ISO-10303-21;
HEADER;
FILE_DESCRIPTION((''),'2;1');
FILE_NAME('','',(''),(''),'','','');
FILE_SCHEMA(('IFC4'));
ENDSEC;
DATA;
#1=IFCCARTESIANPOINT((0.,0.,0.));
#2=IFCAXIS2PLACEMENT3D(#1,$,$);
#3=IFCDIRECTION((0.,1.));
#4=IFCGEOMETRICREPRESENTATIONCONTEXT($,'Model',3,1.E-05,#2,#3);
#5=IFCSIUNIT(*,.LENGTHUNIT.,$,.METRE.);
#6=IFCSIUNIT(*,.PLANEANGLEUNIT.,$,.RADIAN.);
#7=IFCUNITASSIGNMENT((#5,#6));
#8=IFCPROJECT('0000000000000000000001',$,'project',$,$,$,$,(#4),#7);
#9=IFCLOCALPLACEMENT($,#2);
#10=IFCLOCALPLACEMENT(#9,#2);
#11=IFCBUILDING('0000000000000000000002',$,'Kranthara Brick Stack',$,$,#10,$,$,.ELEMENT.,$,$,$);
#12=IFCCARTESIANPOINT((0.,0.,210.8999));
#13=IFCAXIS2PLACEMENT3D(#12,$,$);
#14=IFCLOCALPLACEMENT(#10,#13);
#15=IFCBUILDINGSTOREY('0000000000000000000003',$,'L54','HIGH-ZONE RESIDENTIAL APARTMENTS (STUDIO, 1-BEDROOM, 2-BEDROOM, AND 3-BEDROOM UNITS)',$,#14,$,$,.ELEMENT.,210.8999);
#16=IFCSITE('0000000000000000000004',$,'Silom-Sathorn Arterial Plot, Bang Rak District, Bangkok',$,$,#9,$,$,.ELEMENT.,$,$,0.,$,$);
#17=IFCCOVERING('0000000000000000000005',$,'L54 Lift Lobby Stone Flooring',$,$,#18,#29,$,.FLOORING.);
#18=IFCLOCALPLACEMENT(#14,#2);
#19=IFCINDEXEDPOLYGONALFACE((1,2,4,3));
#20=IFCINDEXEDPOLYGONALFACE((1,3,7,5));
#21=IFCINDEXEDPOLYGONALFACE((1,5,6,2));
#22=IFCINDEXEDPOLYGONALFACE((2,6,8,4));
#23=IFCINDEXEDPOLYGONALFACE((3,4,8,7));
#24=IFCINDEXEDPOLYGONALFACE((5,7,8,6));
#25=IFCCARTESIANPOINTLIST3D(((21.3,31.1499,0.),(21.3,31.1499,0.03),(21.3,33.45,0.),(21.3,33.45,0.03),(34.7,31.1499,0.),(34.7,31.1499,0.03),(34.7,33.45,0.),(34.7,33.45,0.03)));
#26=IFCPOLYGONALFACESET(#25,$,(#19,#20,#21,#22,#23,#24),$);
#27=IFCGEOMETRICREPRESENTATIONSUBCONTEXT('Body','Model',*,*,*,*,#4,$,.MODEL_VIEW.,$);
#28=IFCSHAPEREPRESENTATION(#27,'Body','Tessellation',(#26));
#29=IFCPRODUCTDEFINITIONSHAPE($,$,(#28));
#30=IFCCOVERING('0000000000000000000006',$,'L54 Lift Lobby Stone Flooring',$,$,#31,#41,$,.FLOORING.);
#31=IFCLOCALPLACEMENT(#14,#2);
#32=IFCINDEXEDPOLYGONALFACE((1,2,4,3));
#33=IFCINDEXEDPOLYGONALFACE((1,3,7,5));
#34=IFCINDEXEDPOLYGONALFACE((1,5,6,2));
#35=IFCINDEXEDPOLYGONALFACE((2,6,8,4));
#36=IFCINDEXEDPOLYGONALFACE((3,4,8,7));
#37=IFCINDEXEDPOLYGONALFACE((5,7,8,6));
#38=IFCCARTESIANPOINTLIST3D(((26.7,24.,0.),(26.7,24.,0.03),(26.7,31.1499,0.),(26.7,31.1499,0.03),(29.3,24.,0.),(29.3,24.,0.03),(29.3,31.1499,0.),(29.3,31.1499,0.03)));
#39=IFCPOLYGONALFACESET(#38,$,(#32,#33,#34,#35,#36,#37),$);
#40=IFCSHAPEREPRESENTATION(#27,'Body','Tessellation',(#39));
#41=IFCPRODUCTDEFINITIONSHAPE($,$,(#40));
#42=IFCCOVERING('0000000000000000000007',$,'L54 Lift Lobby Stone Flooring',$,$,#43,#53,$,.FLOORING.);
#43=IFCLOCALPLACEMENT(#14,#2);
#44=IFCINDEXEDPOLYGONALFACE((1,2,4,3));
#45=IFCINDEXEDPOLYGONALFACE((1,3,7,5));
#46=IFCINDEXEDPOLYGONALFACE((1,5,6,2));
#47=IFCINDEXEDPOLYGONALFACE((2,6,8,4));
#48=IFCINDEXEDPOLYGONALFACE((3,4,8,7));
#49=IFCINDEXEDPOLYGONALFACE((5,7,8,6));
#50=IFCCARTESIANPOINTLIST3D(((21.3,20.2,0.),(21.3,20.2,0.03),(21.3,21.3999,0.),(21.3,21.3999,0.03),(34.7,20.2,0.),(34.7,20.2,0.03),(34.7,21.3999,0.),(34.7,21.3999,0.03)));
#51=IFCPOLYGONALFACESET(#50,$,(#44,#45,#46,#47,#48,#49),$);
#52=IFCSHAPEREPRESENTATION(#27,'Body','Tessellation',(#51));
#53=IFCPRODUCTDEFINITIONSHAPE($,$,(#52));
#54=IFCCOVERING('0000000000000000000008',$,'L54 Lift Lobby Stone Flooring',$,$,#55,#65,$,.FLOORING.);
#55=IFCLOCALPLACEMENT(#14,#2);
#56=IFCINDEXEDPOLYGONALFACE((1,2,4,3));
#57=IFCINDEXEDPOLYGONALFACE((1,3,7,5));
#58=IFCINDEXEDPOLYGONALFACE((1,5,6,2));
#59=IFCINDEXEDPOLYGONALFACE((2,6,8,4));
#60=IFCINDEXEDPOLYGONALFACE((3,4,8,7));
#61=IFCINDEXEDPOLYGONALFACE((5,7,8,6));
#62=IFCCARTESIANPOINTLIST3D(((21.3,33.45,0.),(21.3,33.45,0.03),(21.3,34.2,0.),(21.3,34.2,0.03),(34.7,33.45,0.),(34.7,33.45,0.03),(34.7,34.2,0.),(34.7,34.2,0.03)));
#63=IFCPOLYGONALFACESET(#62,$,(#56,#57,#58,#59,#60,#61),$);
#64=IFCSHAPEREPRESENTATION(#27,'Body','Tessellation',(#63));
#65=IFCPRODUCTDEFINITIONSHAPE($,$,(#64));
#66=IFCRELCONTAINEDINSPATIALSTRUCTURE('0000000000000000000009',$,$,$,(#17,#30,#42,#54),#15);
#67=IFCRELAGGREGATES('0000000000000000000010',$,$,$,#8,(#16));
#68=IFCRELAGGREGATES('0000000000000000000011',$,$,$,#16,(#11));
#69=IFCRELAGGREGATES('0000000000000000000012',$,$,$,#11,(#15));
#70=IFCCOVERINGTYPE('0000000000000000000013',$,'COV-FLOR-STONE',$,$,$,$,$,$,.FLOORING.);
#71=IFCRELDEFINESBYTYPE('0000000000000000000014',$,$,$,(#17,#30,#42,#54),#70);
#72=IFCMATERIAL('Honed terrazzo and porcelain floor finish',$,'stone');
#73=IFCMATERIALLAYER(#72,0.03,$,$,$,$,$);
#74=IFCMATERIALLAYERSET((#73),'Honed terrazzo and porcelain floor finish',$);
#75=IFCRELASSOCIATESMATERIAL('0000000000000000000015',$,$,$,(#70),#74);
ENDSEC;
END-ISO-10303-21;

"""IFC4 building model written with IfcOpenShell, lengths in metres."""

from ifc_helpers import new_model, si_unit, direction, frame, origin, place, context, subcontext, project, spatial, polyline, outline, extrude, material, layer, layer_set, type_object, element, save


model = new_model("IFC4")

# Units and contexts
model_context = context("Model", 3, precision=1e-05, world=origin(), true_north=direction((0.0, 1.0)))
body_context = subcontext(model_context, "Body", "Model", "MODEL_VIEW")
ifc_project = project(units=[si_unit("LENGTHUNIT", "METRE"), si_unit("PLANEANGLEUNIT", "RADIAN")], contexts=[model_context])

# Site, building, storey
site_placement = place(None, origin())
site = spatial("IfcSite", under=ifc_project, at=site_placement, Name="Silom-Sathorn Arterial Plot, Bang Rak District, Bangkok", CompositionType="ELEMENT", RefElevation=0.0)
building_placement = place(site_placement, origin())
building = spatial("IfcBuilding", under=site, at=building_placement, Name="Kranthara Brick Stack", CompositionType="ELEMENT")
storey_placement = place(building_placement, frame((0.0, 0.0, 210.8999)))
storey = spatial("IfcBuildingStorey", under=building, at=storey_placement, Name="L54", Description="HIGH-ZONE RESIDENTIAL APARTMENTS (STUDIO, 1-BEDROOM, 2-BEDROOM, AND 3-BEDROOM UNITS)", CompositionType="ELEMENT", Elevation=210.8999)

# Coverings
ifc_material_1 = material(Name="Honed terrazzo and porcelain floor finish", Category="stone")
ifc_layer_1 = layer(ifc_material_1, 0.03)
ifc_layer_set_1 = layer_set([ifc_layer_1], Name="Honed terrazzo and porcelain floor finish")
covering_type_1 = type_object("IfcCoveringType", Name="COV-FLOR-STONE", PredefinedType="FLOORING", material=ifc_layer_set_1)
covering_1_placement = place(storey_placement, origin())
element("IfcCovering", 1, at=covering_1_placement, inside=storey, type_object=covering_type_1, Name="L54 Lift Lobby Stone Flooring", PredefinedType="FLOORING", context=body_context, shape_type="SweptSolid", body=[
    extrude(outline(polyline([(34.7, 31.1499), (34.7, 33.45), (21.3, 33.45), (21.3, 31.1499), (34.7, 31.1499)])), origin(), (0.0, 0.0, 1.0), 0.03),
])
covering_2_placement = place(storey_placement, origin())
element("IfcCovering", 2, at=covering_2_placement, inside=storey, type_object=covering_type_1, Name="L54 Lift Lobby Stone Flooring", PredefinedType="FLOORING", context=body_context, shape_type="SweptSolid", body=[
    extrude(outline(polyline([(29.3, 24.0), (26.7, 24.0), (26.7, 31.1499), (29.3, 31.1499), (29.3, 24.0)])), origin(), (0.0, 0.0, 1.0), 0.03),
])
covering_3_placement = place(storey_placement, origin())
element("IfcCovering", 3, at=covering_3_placement, inside=storey, type_object=covering_type_1, Name="L54 Lift Lobby Stone Flooring", PredefinedType="FLOORING", context=body_context, shape_type="SweptSolid", body=[
    extrude(outline(polyline([(34.7, 20.2), (21.3, 20.2), (21.3, 21.3999), (34.7, 21.3999), (34.7, 20.2)])), origin(), (0.0, 0.0, 1.0), 0.03),
])
covering_4_placement = place(storey_placement, origin())
element("IfcCovering", 4, at=covering_4_placement, inside=storey, type_object=covering_type_1, Name="L54 Lift Lobby Stone Flooring", PredefinedType="FLOORING", context=body_context, shape_type="SweptSolid", body=[
    extrude(outline(polyline([(34.7, 33.45), (21.3, 33.45), (21.3, 34.2), (34.7, 34.2), (34.7, 33.45)])), origin(), (0.0, 0.0, 1.0), 0.03),
])

save(model, "model.ifc")
